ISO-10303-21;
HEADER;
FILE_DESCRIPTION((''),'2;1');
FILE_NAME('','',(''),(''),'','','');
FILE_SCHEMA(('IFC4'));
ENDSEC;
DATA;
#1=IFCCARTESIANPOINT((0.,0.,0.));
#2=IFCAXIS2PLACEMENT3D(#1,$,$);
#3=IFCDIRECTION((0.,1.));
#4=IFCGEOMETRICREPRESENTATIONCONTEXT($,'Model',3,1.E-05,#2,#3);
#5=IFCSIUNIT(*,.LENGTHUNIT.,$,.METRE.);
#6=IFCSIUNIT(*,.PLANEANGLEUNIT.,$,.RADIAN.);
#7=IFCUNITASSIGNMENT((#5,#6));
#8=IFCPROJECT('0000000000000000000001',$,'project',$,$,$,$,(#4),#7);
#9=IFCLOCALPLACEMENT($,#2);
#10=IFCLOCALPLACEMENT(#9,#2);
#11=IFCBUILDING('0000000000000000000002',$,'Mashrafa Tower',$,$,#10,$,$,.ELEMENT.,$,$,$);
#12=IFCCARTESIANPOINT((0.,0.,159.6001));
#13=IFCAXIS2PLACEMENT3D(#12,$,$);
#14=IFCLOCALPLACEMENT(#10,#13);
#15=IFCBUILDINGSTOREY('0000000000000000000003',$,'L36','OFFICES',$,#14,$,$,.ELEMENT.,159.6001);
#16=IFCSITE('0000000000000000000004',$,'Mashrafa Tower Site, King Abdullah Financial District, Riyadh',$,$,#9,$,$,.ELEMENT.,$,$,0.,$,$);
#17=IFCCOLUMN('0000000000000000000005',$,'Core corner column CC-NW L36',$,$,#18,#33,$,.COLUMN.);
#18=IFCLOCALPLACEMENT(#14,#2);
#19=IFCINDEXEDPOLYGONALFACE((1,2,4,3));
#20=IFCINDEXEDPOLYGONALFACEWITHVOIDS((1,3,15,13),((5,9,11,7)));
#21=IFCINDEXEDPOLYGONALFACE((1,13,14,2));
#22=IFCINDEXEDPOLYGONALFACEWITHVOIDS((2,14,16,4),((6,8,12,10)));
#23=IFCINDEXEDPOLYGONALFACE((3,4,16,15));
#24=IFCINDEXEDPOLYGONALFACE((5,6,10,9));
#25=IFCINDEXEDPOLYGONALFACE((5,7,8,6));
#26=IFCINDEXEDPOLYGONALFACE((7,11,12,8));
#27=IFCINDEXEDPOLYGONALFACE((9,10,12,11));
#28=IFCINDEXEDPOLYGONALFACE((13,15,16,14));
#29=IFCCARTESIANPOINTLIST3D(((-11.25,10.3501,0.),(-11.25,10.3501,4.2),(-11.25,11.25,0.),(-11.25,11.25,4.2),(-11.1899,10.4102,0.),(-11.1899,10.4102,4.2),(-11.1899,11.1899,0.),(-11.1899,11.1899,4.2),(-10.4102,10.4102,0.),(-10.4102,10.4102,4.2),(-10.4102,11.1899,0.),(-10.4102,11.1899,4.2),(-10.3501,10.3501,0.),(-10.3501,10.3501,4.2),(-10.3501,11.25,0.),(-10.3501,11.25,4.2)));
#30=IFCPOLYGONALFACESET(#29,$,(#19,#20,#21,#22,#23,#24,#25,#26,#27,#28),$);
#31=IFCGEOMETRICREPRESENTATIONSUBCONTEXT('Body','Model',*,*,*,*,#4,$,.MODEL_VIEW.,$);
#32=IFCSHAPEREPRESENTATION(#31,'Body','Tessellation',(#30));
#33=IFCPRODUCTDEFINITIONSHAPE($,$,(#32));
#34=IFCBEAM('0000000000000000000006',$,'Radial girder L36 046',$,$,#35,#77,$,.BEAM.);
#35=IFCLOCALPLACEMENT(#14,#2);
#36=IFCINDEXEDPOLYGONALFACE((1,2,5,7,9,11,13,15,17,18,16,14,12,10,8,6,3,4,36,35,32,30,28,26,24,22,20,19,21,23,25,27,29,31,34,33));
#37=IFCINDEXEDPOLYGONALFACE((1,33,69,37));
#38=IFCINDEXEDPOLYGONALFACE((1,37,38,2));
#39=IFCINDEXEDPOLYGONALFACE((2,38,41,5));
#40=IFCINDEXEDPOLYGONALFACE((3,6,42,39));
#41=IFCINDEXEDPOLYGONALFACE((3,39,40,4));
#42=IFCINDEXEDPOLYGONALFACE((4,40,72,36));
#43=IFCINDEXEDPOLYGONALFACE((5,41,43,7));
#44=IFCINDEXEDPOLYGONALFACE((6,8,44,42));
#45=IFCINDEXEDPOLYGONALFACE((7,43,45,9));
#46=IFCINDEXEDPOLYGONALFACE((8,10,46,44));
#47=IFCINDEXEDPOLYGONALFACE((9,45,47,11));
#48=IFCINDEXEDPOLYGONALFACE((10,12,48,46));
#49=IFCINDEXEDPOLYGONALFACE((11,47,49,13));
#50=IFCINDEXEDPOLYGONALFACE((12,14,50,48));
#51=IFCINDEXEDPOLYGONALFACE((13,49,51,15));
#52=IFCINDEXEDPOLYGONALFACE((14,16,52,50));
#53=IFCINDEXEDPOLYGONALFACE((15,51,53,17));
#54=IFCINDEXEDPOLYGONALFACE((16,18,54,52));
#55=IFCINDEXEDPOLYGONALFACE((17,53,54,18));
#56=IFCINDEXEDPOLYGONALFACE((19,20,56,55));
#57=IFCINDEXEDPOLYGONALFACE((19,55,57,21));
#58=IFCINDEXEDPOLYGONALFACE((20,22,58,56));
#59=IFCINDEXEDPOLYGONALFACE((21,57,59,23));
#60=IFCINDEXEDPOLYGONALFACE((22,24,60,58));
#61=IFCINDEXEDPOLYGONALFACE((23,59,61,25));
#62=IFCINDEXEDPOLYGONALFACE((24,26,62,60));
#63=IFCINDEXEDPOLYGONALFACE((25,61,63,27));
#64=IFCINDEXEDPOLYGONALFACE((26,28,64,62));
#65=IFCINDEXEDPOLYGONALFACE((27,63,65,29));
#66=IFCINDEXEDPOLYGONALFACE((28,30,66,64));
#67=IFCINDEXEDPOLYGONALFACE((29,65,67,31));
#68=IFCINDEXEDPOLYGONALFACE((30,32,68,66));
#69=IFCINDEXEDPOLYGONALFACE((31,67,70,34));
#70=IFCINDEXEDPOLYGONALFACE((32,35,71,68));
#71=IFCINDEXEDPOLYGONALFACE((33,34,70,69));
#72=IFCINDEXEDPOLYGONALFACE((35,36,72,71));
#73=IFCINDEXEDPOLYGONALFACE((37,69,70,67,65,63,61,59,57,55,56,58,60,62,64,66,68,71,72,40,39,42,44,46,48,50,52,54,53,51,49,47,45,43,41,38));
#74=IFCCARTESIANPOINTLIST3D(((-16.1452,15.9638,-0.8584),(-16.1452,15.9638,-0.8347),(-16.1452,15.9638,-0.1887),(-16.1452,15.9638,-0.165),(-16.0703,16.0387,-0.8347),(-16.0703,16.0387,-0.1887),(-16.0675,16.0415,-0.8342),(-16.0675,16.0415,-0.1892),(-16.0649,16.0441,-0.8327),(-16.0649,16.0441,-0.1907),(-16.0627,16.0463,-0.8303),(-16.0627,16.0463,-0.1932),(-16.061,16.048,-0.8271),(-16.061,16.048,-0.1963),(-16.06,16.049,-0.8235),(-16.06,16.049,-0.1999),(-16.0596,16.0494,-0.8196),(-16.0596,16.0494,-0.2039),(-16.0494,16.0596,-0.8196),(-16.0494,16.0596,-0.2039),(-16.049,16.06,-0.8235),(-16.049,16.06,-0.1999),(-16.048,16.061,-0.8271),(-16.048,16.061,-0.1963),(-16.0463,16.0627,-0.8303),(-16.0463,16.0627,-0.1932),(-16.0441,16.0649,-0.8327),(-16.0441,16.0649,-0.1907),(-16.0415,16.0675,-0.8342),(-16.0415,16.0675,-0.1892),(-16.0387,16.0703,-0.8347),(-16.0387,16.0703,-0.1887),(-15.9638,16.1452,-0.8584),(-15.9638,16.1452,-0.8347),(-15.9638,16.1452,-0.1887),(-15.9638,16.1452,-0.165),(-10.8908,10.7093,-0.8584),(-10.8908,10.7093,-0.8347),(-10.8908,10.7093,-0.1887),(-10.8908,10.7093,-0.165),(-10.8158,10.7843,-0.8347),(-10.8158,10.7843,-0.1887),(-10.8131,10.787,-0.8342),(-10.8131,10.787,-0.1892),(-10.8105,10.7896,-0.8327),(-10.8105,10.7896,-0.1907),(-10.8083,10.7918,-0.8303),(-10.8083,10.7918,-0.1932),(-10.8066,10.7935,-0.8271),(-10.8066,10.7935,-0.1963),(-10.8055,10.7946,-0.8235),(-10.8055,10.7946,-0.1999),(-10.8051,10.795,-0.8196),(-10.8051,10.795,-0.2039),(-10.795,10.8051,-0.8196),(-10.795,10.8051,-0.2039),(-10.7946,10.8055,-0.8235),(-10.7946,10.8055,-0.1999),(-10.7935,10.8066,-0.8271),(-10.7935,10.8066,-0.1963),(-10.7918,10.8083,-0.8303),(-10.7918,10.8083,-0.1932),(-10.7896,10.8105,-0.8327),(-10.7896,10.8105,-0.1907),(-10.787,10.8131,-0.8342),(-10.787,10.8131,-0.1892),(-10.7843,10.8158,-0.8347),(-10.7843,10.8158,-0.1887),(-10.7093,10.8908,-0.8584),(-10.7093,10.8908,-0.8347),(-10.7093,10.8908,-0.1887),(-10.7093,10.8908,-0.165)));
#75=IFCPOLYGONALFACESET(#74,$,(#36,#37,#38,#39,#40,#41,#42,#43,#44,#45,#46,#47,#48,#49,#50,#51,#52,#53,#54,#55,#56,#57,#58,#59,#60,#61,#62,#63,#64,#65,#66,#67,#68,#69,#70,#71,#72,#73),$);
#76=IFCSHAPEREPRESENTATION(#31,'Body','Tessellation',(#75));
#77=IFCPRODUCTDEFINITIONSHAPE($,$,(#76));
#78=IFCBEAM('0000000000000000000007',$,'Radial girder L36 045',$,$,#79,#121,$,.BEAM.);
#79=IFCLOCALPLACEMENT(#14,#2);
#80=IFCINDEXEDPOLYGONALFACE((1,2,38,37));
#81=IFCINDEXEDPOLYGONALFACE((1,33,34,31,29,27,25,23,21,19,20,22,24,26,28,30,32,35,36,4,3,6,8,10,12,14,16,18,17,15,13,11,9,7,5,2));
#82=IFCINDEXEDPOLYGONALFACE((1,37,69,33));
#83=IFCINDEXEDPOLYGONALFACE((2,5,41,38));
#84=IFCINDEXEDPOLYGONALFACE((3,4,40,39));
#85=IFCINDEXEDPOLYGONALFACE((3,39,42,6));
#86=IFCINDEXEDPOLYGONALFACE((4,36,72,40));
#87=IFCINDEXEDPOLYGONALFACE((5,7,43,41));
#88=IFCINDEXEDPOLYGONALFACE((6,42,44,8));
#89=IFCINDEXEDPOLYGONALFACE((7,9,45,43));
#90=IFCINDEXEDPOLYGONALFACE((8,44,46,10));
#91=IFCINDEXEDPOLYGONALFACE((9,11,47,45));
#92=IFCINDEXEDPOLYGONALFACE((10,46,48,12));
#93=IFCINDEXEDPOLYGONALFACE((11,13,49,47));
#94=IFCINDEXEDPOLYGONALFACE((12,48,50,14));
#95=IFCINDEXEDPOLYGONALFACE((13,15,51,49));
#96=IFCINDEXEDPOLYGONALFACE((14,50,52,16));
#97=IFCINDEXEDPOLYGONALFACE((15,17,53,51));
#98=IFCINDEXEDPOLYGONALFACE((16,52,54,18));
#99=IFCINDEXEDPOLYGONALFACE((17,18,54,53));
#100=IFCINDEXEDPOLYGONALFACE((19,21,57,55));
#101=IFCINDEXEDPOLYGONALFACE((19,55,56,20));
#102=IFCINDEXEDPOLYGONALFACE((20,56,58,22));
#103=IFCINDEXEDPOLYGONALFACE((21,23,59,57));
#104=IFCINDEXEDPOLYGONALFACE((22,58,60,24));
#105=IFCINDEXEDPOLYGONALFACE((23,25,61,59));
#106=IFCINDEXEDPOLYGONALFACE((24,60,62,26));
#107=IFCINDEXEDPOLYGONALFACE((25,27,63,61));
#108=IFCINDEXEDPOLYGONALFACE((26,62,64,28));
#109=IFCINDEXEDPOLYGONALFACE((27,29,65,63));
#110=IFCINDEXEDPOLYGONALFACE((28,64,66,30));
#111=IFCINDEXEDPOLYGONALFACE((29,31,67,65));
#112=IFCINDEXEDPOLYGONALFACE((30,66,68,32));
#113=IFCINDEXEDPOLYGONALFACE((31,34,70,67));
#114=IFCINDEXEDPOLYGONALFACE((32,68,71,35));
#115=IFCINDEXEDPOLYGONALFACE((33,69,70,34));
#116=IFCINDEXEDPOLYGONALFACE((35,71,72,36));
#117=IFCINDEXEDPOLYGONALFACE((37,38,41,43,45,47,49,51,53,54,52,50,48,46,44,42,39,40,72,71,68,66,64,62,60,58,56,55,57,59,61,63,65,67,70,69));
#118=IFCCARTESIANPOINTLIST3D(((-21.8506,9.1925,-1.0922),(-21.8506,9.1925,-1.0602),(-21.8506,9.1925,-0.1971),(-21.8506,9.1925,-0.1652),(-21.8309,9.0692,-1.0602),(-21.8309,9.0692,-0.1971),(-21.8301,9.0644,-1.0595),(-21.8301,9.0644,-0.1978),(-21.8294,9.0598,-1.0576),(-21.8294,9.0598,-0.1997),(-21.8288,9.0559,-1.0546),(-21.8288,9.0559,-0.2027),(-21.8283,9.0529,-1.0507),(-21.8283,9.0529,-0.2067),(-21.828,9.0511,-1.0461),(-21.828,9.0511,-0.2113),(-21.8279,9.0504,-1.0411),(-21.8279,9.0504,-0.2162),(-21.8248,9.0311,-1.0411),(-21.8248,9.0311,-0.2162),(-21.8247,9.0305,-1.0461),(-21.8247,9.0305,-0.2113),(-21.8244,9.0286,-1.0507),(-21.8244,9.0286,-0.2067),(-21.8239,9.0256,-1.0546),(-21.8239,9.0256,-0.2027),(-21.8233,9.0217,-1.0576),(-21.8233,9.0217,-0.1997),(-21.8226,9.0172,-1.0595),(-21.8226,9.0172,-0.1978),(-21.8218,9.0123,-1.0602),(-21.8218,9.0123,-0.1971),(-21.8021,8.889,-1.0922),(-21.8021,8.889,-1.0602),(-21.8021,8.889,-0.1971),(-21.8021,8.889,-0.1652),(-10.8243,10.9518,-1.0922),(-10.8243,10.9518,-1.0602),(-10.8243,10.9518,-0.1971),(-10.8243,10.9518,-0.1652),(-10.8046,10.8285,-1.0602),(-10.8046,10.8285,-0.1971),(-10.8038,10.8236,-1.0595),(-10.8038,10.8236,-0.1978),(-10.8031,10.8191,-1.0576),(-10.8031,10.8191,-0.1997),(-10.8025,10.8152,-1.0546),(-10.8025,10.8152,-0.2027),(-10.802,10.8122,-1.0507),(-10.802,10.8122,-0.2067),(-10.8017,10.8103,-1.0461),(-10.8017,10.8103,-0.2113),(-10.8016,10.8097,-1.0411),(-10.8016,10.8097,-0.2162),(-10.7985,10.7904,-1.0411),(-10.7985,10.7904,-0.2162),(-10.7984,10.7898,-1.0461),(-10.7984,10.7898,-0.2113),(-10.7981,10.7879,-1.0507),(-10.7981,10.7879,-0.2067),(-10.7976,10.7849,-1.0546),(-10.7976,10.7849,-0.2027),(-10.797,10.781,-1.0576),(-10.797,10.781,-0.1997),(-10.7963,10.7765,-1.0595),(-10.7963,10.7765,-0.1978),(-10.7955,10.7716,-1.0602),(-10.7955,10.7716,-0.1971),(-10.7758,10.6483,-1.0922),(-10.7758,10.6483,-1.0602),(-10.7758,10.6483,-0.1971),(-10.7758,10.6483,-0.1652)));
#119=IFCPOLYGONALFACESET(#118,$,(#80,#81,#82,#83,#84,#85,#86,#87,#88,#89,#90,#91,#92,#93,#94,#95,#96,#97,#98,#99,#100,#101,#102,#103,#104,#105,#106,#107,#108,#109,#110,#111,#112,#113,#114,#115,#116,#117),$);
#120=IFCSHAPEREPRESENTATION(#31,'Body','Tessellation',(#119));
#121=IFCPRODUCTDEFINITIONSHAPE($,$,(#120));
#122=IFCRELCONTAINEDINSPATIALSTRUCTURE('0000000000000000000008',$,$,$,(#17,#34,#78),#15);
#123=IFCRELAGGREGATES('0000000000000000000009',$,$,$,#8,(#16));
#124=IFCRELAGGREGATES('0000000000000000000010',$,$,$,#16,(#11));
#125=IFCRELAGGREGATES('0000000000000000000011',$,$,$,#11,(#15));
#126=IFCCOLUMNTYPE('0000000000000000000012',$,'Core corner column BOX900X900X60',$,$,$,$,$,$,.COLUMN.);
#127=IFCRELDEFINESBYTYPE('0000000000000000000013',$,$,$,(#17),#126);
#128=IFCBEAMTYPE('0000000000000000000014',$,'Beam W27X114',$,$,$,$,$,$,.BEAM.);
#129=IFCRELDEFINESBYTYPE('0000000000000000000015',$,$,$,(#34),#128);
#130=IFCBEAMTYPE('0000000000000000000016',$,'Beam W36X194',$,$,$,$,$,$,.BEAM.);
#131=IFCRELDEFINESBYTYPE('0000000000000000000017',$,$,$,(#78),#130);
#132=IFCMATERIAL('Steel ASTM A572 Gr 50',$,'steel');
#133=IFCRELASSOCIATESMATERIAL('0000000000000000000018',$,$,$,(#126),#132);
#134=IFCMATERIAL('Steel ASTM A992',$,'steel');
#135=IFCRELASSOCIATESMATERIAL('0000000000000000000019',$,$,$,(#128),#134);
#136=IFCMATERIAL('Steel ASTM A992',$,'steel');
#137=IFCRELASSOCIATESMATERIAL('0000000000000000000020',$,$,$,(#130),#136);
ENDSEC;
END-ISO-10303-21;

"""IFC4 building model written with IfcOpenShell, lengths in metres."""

from ifc_helpers import new_model, si_unit, direction, frame, origin, origin_2d, place, context, subcontext, project, spatial, hollow_rectangle, i_section, extrude, material, material_profile, profile_set, type_object, element, save


model = new_model("IFC4")

# Units and contexts
model_context = context("Model", 3, precision=1e-05, world=origin(), true_north=direction((0.0, 1.0)))
body_context = subcontext(model_context, "Body", "Model", "MODEL_VIEW")
ifc_project = project(units=[si_unit("LENGTHUNIT", "METRE"), si_unit("PLANEANGLEUNIT", "RADIAN")], contexts=[model_context])

# Site, building, storey
site_placement = place(None, origin())
site = spatial("IfcSite", under=ifc_project, at=site_placement, Name="Mashrafa Tower Site, King Abdullah Financial District, Riyadh", CompositionType="ELEMENT", RefElevation=0.0)
building_placement = place(site_placement, origin())
building = spatial("IfcBuilding", under=site, at=building_placement, Name="Mashrafa Tower", CompositionType="ELEMENT")
storey_placement = place(building_placement, frame((0.0, 0.0, 159.6001)))
storey = spatial("IfcBuildingStorey", under=building, at=storey_placement, Name="L36", Description="OFFICES", CompositionType="ELEMENT", Elevation=159.6001)

# Column
ifc_material_1 = material(Name="Steel ASTM A572 Gr 50", Category="steel")
ifc_material_profile_1 = material_profile(ifc_material_1, hollow_rectangle(XDim=0.8999, YDim=0.8999, WallThickness=0.0601, at=origin_2d()), Name="BOX900X900X60")
ifc_profile_set_1 = profile_set([ifc_material_profile_1], Name="Steel ASTM A572 Gr 50")
column_type = type_object("IfcColumnType", Name="Core corner column BOX900X900X60", PredefinedType="COLUMN", material=ifc_profile_set_1)
column_placement = place(storey_placement, frame((-10.8, 10.8, 0.0), z_axis=(0.0, 0.0, 1.0), x_axis=(1.0, 0.0, 0.0)))
element("IfcColumn", 1, at=column_placement, inside=storey, type_object=column_type, Name="Core corner column CC-NW L36", PredefinedType="COLUMN", context=body_context, shape_type="SweptSolid", body=[
    extrude(hollow_rectangle(XDim=0.8999, YDim=0.8999, WallThickness=0.0601, at=origin_2d()), origin(), (0.0, 0.0, 1.0), 4.2),
])

# Beams
ifc_material_2 = material(Name="Steel ASTM A992", Category="steel")
ifc_material_profile_2 = material_profile(ifc_material_2, i_section(OverallWidth=0.2566, OverallDepth=0.6934, WebThickness=0.0144, FlangeThickness=0.0237, FilletRadius=0.0151, at=origin_2d()), Name="W27X114")
ifc_profile_set_2 = profile_set([ifc_material_profile_2], Name="Steel ASTM A992")
beam_type_1 = type_object("IfcBeamType", Name="Beam W27X114", PredefinedType="BEAM", material=ifc_profile_set_2)
beam_1_placement = place(storey_placement, frame((-10.8, 10.8, -0.5117), z_axis=(-0.707107, 0.707107, 0.0), x_axis=(-0.707107, -0.707107, 0.0)))
element("IfcBeam", 2, at=beam_1_placement, inside=storey, type_object=beam_type_1, Name="Radial girder L36 046", PredefinedType="BEAM", context=body_context, shape_type="SweptSolid", body=[
    extrude(i_section(OverallWidth=0.2566, OverallDepth=0.6934, WebThickness=0.0144, FlangeThickness=0.0237, FilletRadius=0.0151, at=origin_2d()), origin(), (0.0, 0.0, 1.0), 7.4309),
])
ifc_material_3 = material(Name="Steel ASTM A992", Category="steel")
ifc_material_profile_3 = material_profile(ifc_material_3, i_section(OverallWidth=0.3074, OverallDepth=0.927, WebThickness=0.0195, FlangeThickness=0.032, FilletRadius=0.019, at=origin_2d()), Name="W36X194")
ifc_profile_set_3 = profile_set([ifc_material_profile_3], Name="Steel ASTM A992")
beam_type_2 = type_object("IfcBeamType", Name="Beam W36X194", PredefinedType="BEAM", material=ifc_profile_set_3)
beam_2_placement = place(storey_placement, frame((-10.8, 10.8, -0.6287), z_axis=(-0.98751, -0.157559, 0.0), x_axis=(0.157559, -0.98751, 0.0)))
element("IfcBeam", 3, at=beam_2_placement, inside=storey, type_object=beam_type_2, Name="Radial girder L36 045", PredefinedType="BEAM", context=body_context, shape_type="SweptSolid", body=[
    extrude(i_section(OverallWidth=0.3074, OverallDepth=0.927, WebThickness=0.0195, FlangeThickness=0.032, FilletRadius=0.019, at=origin_2d()), origin(), (0.0, 0.0, 1.0), 11.1658),
])

save(model, "model.ifc")
